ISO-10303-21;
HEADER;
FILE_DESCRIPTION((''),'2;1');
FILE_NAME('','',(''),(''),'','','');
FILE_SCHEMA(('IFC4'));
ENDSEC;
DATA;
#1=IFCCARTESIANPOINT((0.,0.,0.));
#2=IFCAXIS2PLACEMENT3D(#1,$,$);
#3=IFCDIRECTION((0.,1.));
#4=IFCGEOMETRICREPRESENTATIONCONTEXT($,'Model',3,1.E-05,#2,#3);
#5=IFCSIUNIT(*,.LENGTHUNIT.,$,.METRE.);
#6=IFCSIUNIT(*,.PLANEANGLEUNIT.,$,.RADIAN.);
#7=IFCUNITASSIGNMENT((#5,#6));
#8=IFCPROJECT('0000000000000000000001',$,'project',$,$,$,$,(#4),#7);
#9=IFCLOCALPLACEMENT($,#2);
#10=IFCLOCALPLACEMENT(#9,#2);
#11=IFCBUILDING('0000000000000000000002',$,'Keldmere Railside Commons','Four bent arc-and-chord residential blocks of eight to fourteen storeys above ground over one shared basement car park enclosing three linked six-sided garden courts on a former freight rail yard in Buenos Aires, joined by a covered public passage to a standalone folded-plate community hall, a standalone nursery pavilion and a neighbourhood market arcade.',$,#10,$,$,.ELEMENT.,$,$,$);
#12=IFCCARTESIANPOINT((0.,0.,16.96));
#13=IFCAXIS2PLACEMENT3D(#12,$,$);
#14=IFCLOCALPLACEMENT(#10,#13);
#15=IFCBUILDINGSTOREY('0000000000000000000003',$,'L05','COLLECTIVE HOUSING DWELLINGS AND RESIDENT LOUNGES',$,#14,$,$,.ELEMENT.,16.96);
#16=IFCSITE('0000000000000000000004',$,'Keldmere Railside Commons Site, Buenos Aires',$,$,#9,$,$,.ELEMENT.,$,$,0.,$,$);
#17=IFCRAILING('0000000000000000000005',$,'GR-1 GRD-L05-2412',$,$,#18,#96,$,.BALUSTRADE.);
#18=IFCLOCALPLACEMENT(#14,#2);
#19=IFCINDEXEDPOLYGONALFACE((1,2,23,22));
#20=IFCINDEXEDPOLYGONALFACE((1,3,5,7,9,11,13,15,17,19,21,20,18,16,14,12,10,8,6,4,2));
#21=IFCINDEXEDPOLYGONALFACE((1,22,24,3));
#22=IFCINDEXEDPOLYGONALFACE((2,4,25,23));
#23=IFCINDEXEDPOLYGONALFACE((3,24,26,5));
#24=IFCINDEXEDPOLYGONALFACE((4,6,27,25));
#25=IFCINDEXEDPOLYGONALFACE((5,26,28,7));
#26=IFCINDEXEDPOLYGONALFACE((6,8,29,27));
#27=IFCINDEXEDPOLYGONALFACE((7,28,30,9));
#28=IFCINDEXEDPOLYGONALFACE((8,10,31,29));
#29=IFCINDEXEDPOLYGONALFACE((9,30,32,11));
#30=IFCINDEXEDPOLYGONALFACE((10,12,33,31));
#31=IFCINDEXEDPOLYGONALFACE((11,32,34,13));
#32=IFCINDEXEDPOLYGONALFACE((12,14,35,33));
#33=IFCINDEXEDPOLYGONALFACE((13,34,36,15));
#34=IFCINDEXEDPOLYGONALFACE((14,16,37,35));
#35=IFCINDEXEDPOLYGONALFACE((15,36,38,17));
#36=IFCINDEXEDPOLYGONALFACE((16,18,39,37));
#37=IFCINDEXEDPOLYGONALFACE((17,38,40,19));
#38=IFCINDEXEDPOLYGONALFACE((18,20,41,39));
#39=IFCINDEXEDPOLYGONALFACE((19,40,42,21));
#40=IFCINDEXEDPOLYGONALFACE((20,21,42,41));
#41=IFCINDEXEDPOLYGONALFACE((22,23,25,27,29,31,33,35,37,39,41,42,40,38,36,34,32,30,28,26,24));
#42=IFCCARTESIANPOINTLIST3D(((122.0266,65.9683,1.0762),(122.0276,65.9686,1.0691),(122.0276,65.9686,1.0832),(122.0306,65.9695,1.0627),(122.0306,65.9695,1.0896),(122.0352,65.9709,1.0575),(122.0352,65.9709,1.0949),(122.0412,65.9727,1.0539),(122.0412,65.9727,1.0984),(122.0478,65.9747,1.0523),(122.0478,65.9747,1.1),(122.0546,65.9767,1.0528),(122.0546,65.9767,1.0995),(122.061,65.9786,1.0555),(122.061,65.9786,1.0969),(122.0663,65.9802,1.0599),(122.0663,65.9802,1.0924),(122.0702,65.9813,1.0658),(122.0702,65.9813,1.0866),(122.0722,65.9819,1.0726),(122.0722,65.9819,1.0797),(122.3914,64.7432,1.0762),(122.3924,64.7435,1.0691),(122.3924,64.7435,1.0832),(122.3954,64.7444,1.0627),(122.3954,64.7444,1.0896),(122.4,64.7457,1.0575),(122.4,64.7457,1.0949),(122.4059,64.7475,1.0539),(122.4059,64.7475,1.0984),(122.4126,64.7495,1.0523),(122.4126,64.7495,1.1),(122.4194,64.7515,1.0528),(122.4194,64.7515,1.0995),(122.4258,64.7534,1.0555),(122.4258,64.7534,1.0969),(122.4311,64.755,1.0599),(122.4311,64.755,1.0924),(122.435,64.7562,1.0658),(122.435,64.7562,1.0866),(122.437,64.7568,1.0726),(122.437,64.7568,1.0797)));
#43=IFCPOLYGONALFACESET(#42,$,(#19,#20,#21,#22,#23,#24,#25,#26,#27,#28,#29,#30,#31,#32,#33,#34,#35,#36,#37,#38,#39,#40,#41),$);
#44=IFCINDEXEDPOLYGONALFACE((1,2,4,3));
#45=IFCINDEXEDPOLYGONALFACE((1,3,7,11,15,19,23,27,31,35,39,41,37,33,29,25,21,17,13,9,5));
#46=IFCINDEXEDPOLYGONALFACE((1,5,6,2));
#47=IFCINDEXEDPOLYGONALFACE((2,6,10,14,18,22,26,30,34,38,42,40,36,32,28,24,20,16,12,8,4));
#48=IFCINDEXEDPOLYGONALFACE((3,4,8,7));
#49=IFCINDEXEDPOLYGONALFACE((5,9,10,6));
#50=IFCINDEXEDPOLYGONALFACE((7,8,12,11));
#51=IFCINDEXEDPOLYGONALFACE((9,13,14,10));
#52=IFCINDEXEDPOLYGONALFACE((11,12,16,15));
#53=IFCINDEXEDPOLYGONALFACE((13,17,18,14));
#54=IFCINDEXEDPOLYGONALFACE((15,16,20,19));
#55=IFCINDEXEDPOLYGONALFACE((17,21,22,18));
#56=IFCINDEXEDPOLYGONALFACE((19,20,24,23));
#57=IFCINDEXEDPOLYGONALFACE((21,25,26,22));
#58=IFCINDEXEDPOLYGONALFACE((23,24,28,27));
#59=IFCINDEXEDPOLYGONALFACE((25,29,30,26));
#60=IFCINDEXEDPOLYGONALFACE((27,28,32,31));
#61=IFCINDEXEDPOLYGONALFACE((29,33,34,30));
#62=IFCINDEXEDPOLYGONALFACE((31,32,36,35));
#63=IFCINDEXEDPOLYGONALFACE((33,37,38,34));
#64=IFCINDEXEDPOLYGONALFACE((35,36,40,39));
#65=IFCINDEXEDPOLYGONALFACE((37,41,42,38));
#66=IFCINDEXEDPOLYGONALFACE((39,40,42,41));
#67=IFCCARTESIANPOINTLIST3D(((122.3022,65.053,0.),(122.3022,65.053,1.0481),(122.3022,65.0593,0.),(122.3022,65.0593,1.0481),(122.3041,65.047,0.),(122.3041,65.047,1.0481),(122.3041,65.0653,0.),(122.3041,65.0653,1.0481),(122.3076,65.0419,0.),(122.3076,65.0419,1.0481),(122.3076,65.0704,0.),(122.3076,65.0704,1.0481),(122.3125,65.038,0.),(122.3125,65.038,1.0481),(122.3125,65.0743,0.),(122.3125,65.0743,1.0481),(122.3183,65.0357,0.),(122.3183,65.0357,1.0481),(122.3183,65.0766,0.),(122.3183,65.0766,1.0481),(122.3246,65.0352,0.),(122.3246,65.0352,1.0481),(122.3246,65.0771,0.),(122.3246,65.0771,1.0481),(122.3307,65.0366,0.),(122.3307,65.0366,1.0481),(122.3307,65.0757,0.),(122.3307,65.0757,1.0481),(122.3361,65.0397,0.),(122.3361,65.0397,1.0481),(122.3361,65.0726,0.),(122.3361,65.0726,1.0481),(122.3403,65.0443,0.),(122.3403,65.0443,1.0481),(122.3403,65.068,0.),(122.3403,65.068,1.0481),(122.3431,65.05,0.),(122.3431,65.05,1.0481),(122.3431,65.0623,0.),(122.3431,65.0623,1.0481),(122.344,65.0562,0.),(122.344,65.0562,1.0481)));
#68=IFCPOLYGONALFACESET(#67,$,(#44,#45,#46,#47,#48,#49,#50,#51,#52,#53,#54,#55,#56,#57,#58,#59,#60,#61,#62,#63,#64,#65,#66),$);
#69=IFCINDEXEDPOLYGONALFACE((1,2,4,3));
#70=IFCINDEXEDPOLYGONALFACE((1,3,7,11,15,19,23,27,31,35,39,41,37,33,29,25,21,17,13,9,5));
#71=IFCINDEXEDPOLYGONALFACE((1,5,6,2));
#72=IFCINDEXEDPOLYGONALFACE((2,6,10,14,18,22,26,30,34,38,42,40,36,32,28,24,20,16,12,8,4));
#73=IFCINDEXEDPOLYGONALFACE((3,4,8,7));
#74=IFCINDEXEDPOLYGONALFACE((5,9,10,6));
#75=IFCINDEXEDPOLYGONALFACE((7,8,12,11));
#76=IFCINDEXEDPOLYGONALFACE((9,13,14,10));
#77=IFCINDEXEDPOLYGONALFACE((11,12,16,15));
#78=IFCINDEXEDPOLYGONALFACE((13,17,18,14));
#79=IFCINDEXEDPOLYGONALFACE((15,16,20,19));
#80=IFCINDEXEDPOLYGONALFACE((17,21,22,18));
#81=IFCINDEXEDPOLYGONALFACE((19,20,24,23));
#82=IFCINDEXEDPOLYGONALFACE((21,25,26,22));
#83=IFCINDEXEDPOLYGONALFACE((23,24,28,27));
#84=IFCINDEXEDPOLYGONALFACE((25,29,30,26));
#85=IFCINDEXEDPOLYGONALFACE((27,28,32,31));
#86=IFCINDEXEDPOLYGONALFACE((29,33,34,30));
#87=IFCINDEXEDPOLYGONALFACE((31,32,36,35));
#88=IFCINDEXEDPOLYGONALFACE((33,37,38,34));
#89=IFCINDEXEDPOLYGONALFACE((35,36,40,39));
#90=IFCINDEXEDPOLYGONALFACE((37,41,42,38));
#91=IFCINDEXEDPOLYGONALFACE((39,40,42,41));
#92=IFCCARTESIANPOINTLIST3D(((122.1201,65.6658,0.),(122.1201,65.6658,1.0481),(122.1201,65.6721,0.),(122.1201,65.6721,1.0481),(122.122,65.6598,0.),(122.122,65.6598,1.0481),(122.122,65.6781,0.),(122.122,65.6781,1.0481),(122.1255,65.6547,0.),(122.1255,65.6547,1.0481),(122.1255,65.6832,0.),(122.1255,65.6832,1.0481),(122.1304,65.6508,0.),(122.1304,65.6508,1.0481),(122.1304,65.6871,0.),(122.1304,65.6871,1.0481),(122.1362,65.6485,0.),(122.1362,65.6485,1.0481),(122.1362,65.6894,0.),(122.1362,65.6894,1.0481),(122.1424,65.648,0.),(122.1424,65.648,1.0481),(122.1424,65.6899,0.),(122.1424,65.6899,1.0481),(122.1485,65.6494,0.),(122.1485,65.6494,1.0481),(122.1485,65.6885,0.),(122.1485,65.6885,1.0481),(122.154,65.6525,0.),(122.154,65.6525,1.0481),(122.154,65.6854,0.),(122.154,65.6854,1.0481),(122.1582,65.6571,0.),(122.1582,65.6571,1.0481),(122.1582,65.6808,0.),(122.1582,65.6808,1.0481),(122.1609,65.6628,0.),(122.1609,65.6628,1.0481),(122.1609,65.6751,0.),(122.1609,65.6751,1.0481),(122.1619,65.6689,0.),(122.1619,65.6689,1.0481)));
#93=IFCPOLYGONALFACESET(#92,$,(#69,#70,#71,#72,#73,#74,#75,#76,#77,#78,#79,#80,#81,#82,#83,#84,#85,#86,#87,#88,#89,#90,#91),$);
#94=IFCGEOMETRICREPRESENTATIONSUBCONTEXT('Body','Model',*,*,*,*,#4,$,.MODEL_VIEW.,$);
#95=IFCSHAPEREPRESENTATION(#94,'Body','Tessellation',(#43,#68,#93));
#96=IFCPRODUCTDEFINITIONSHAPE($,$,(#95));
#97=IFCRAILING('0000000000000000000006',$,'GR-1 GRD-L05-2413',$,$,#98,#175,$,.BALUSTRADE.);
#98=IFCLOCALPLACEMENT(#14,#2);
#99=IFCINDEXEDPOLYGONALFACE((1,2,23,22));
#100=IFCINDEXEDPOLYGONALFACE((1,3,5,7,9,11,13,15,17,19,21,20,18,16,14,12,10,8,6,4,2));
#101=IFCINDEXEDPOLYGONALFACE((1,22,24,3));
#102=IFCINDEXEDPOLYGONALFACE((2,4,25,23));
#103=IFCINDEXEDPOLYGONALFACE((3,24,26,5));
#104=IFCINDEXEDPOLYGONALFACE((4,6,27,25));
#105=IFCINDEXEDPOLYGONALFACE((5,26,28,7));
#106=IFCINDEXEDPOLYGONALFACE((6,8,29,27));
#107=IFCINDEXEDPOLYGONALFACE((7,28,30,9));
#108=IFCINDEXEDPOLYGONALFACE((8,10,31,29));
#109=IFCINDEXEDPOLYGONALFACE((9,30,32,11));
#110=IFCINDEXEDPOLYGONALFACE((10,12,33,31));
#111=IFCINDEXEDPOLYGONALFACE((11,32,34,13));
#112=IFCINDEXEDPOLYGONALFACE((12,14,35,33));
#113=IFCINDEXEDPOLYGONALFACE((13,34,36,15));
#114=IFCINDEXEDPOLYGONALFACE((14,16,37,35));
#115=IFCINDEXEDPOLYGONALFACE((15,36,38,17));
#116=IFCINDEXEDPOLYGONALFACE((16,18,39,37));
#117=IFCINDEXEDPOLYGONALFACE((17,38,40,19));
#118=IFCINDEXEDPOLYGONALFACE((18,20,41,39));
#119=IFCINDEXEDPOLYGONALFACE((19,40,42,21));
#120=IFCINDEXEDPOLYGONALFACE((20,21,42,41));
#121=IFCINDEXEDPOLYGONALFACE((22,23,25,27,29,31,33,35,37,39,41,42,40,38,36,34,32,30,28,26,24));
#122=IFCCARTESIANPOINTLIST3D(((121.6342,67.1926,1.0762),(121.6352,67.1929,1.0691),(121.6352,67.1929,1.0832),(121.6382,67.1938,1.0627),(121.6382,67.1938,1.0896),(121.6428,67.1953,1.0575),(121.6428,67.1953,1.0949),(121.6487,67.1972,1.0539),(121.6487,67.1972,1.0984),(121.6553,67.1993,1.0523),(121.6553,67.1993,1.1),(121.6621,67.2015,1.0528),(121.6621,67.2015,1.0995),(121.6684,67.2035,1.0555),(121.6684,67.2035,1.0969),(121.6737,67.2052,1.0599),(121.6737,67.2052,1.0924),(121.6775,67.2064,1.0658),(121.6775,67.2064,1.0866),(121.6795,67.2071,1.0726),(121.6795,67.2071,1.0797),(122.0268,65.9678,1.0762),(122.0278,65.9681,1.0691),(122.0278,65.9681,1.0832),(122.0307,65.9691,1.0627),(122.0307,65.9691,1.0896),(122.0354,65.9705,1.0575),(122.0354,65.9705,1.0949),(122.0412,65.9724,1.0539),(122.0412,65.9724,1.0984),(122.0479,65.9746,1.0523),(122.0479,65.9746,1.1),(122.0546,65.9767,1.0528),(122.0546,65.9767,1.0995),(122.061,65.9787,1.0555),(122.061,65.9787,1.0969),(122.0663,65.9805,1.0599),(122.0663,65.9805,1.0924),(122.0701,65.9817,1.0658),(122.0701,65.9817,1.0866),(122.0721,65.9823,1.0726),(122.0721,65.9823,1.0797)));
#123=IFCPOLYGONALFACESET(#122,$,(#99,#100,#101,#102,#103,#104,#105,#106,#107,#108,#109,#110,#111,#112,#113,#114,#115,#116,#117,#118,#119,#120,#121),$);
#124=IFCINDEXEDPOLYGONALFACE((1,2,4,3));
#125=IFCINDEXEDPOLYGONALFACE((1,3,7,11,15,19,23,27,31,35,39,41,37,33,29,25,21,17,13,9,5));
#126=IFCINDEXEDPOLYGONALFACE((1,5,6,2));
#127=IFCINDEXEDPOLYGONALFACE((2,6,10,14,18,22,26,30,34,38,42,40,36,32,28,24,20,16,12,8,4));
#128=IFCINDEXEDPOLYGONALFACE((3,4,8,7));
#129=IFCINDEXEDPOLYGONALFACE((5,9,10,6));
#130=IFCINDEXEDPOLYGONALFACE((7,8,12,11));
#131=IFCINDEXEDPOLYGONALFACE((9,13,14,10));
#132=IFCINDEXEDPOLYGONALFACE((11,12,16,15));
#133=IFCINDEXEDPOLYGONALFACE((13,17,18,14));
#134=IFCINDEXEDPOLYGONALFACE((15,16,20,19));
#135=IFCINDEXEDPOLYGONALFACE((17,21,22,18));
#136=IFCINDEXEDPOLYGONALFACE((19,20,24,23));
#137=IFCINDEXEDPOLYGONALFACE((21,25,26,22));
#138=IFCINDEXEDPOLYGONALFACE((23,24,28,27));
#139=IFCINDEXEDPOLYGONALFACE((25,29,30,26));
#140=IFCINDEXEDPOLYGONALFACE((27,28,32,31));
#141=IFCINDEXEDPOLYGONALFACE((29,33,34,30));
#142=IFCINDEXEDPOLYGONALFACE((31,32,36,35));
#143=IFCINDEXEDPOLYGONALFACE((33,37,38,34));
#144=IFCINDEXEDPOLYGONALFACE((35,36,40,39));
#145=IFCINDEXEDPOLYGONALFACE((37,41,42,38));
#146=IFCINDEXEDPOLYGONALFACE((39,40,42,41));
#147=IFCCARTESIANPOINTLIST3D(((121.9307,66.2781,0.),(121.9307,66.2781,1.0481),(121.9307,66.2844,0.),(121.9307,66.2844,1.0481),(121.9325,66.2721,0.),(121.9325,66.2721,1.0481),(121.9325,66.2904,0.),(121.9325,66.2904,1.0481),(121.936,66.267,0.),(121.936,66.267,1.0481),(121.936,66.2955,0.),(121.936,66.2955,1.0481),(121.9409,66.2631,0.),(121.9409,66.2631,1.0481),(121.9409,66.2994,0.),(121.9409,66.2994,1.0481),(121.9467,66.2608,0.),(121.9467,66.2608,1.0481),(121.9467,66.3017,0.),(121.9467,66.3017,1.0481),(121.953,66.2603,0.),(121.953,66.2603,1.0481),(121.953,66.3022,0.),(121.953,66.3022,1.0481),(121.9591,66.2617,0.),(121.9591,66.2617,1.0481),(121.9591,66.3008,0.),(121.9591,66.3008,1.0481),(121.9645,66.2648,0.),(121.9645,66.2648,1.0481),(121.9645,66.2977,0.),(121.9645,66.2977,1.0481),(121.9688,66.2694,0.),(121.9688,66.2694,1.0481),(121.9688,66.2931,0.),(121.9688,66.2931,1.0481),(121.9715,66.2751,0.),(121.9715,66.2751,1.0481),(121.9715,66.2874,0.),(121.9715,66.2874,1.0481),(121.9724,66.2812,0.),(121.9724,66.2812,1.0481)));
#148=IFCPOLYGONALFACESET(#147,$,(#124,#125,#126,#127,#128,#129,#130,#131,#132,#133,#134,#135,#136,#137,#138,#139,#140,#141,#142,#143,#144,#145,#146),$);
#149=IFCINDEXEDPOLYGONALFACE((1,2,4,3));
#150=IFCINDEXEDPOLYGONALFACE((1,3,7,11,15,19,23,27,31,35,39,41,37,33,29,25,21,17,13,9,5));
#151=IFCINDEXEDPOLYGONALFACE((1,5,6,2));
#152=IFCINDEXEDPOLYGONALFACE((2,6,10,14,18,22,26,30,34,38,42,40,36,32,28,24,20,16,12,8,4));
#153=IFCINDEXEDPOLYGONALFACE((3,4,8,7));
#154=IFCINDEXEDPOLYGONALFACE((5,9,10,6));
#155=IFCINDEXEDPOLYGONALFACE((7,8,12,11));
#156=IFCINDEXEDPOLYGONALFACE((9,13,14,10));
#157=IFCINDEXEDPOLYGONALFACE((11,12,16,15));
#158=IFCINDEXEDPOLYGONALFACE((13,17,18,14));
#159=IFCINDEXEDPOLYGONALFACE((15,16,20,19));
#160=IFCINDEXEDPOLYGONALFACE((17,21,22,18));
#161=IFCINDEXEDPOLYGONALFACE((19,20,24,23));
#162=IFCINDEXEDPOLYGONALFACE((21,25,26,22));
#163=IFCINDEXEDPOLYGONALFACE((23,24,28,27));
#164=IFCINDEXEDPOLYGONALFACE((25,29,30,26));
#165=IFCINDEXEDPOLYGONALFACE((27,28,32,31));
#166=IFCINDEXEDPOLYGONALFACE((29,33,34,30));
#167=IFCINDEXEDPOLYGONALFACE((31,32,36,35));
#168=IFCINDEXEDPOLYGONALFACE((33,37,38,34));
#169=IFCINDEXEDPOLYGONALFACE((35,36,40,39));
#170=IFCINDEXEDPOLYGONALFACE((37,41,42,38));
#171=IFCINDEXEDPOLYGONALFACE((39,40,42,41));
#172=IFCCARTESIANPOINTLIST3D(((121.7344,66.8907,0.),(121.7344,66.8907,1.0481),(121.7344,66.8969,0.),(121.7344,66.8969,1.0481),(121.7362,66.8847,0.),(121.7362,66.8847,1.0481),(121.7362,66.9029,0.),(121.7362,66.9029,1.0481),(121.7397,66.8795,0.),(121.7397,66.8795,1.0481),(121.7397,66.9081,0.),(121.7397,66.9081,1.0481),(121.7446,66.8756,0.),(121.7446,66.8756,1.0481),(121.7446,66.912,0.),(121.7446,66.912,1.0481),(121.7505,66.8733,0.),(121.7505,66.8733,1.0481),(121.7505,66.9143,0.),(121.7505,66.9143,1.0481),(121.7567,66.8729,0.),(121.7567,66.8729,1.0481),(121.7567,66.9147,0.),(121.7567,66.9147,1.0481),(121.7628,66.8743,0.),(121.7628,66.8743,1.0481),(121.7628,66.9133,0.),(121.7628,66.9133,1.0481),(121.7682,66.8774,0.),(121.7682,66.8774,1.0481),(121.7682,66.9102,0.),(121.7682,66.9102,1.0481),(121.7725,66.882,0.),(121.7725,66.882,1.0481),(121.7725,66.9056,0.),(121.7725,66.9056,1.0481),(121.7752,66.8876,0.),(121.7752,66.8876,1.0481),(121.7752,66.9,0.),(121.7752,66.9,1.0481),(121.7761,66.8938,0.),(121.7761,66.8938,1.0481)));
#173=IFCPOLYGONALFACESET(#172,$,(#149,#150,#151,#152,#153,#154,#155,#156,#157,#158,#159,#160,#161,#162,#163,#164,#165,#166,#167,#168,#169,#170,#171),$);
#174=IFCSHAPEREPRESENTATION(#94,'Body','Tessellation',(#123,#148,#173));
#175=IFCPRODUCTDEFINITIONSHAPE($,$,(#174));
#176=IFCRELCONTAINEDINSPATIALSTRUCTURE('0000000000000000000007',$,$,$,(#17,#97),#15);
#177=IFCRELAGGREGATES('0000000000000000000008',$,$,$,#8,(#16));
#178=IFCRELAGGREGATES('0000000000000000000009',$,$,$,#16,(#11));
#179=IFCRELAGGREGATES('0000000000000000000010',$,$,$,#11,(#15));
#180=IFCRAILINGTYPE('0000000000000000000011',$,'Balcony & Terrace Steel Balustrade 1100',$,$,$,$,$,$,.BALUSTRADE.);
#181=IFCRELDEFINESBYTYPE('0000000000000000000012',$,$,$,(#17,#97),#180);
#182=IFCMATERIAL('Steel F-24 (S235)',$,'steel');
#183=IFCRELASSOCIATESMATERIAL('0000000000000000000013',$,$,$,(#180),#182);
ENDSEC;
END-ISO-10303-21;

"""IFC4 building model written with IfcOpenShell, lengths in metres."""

from ifc_helpers import new_model, si_unit, direction, frame, origin, origin_2d, place, context, subcontext, project, spatial, circle, extrude, material, type_object, element, save


model = new_model("IFC4")

# Units and contexts
model_context = context("Model", 3, precision=1e-05, world=origin(), true_north=direction((0.0, 1.0)))
body_context = subcontext(model_context, "Body", "Model", "MODEL_VIEW")
ifc_project = project(units=[si_unit("LENGTHUNIT", "METRE"), si_unit("PLANEANGLEUNIT", "RADIAN")], contexts=[model_context])

# Site, building, storey
site_placement = place(None, origin())
site = spatial("IfcSite", under=ifc_project, at=site_placement, Name="Keldmere Railside Commons Site, Buenos Aires", CompositionType="ELEMENT", RefElevation=0.0)
building_placement = place(site_placement, origin())
building = spatial("IfcBuilding", under=site, at=building_placement, Name="Keldmere Railside Commons", Description="Four bent arc-and-chord residential blocks of eight to fourteen storeys above ground over one shared basement car park enclosing three linked six-sided garden courts on a former freight rail yard in Buenos Aires, joined by a covered public passage to a standalone folded-plate community hall, a standalone nursery pavilion and a neighbourhood market arcade.", CompositionType="ELEMENT")
storey_placement = place(building_placement, frame((0.0, 0.0, 16.96)))
storey = spatial("IfcBuildingStorey", under=building, at=storey_placement, Name="L05", Description="COLLECTIVE HOUSING DWELLINGS AND RESIDENT LOUNGES", CompositionType="ELEMENT", Elevation=16.96)

# Railings
ifc_material_1 = material(Name="Steel F-24 (S235)", Category="steel")
railing_type_1 = type_object("IfcRailingType", Name="Balcony & Terrace Steel Balustrade 1100", PredefinedType="BALUSTRADE", material=ifc_material_1)
railing_1_placement = place(storey_placement, frame((122.4143, 64.75, 0.0)))
element("IfcRailing", 1, at=railing_1_placement, inside=storey, type_object=railing_type_1, Name="GR-1 GRD-L05-2412", PredefinedType="BALUSTRADE", context=body_context, shape_type="SweptSolid", body=[
    extrude(circle(Radius=0.0239, at=origin_2d()), frame((0.0, 0.0, 1.0762), z_axis=(-0.28535, 0.958423, 0.0), x_axis=(-0.958423, -0.28535, 0.0)), (0.0, 0.0, 1.0), 1.2783),
    extrude(circle(Radius=0.021, at=origin_2d()), frame((-0.0913, 0.3062, 0.0)), (0.0, 0.0, 1.0), 1.0481),
    extrude(circle(Radius=0.021, at=origin_2d()), frame((-0.2734, 0.9189, 0.0)), (0.0, 0.0, 1.0), 1.0481),
])
railing_2_placement = place(storey_placement, frame((122.0496, 65.9751, 0.0)))
element("IfcRailing", 2, at=railing_2_placement, inside=storey, type_object=railing_type_1, Name="GR-1 GRD-L05-2413", PredefinedType="BALUSTRADE", context=body_context, shape_type="SweptSolid", body=[
    extrude(circle(Radius=0.0239, at=origin_2d()), frame((0.0, 0.0, 1.0762), z_axis=(-0.305216, 0.952283, 0.0), x_axis=(-0.952283, -0.305216, 0.0)), (0.0, 0.0, 1.0), 1.2861),
    extrude(circle(Radius=0.021, at=origin_2d()), frame((-0.0981, 0.3062, 0.0)), (0.0, 0.0, 1.0), 1.0481),
    extrude(circle(Radius=0.021, at=origin_2d()), frame((-0.2944, 0.9187, 0.0)), (0.0, 0.0, 1.0), 1.0481),
])

save(model, "model.ifc")
